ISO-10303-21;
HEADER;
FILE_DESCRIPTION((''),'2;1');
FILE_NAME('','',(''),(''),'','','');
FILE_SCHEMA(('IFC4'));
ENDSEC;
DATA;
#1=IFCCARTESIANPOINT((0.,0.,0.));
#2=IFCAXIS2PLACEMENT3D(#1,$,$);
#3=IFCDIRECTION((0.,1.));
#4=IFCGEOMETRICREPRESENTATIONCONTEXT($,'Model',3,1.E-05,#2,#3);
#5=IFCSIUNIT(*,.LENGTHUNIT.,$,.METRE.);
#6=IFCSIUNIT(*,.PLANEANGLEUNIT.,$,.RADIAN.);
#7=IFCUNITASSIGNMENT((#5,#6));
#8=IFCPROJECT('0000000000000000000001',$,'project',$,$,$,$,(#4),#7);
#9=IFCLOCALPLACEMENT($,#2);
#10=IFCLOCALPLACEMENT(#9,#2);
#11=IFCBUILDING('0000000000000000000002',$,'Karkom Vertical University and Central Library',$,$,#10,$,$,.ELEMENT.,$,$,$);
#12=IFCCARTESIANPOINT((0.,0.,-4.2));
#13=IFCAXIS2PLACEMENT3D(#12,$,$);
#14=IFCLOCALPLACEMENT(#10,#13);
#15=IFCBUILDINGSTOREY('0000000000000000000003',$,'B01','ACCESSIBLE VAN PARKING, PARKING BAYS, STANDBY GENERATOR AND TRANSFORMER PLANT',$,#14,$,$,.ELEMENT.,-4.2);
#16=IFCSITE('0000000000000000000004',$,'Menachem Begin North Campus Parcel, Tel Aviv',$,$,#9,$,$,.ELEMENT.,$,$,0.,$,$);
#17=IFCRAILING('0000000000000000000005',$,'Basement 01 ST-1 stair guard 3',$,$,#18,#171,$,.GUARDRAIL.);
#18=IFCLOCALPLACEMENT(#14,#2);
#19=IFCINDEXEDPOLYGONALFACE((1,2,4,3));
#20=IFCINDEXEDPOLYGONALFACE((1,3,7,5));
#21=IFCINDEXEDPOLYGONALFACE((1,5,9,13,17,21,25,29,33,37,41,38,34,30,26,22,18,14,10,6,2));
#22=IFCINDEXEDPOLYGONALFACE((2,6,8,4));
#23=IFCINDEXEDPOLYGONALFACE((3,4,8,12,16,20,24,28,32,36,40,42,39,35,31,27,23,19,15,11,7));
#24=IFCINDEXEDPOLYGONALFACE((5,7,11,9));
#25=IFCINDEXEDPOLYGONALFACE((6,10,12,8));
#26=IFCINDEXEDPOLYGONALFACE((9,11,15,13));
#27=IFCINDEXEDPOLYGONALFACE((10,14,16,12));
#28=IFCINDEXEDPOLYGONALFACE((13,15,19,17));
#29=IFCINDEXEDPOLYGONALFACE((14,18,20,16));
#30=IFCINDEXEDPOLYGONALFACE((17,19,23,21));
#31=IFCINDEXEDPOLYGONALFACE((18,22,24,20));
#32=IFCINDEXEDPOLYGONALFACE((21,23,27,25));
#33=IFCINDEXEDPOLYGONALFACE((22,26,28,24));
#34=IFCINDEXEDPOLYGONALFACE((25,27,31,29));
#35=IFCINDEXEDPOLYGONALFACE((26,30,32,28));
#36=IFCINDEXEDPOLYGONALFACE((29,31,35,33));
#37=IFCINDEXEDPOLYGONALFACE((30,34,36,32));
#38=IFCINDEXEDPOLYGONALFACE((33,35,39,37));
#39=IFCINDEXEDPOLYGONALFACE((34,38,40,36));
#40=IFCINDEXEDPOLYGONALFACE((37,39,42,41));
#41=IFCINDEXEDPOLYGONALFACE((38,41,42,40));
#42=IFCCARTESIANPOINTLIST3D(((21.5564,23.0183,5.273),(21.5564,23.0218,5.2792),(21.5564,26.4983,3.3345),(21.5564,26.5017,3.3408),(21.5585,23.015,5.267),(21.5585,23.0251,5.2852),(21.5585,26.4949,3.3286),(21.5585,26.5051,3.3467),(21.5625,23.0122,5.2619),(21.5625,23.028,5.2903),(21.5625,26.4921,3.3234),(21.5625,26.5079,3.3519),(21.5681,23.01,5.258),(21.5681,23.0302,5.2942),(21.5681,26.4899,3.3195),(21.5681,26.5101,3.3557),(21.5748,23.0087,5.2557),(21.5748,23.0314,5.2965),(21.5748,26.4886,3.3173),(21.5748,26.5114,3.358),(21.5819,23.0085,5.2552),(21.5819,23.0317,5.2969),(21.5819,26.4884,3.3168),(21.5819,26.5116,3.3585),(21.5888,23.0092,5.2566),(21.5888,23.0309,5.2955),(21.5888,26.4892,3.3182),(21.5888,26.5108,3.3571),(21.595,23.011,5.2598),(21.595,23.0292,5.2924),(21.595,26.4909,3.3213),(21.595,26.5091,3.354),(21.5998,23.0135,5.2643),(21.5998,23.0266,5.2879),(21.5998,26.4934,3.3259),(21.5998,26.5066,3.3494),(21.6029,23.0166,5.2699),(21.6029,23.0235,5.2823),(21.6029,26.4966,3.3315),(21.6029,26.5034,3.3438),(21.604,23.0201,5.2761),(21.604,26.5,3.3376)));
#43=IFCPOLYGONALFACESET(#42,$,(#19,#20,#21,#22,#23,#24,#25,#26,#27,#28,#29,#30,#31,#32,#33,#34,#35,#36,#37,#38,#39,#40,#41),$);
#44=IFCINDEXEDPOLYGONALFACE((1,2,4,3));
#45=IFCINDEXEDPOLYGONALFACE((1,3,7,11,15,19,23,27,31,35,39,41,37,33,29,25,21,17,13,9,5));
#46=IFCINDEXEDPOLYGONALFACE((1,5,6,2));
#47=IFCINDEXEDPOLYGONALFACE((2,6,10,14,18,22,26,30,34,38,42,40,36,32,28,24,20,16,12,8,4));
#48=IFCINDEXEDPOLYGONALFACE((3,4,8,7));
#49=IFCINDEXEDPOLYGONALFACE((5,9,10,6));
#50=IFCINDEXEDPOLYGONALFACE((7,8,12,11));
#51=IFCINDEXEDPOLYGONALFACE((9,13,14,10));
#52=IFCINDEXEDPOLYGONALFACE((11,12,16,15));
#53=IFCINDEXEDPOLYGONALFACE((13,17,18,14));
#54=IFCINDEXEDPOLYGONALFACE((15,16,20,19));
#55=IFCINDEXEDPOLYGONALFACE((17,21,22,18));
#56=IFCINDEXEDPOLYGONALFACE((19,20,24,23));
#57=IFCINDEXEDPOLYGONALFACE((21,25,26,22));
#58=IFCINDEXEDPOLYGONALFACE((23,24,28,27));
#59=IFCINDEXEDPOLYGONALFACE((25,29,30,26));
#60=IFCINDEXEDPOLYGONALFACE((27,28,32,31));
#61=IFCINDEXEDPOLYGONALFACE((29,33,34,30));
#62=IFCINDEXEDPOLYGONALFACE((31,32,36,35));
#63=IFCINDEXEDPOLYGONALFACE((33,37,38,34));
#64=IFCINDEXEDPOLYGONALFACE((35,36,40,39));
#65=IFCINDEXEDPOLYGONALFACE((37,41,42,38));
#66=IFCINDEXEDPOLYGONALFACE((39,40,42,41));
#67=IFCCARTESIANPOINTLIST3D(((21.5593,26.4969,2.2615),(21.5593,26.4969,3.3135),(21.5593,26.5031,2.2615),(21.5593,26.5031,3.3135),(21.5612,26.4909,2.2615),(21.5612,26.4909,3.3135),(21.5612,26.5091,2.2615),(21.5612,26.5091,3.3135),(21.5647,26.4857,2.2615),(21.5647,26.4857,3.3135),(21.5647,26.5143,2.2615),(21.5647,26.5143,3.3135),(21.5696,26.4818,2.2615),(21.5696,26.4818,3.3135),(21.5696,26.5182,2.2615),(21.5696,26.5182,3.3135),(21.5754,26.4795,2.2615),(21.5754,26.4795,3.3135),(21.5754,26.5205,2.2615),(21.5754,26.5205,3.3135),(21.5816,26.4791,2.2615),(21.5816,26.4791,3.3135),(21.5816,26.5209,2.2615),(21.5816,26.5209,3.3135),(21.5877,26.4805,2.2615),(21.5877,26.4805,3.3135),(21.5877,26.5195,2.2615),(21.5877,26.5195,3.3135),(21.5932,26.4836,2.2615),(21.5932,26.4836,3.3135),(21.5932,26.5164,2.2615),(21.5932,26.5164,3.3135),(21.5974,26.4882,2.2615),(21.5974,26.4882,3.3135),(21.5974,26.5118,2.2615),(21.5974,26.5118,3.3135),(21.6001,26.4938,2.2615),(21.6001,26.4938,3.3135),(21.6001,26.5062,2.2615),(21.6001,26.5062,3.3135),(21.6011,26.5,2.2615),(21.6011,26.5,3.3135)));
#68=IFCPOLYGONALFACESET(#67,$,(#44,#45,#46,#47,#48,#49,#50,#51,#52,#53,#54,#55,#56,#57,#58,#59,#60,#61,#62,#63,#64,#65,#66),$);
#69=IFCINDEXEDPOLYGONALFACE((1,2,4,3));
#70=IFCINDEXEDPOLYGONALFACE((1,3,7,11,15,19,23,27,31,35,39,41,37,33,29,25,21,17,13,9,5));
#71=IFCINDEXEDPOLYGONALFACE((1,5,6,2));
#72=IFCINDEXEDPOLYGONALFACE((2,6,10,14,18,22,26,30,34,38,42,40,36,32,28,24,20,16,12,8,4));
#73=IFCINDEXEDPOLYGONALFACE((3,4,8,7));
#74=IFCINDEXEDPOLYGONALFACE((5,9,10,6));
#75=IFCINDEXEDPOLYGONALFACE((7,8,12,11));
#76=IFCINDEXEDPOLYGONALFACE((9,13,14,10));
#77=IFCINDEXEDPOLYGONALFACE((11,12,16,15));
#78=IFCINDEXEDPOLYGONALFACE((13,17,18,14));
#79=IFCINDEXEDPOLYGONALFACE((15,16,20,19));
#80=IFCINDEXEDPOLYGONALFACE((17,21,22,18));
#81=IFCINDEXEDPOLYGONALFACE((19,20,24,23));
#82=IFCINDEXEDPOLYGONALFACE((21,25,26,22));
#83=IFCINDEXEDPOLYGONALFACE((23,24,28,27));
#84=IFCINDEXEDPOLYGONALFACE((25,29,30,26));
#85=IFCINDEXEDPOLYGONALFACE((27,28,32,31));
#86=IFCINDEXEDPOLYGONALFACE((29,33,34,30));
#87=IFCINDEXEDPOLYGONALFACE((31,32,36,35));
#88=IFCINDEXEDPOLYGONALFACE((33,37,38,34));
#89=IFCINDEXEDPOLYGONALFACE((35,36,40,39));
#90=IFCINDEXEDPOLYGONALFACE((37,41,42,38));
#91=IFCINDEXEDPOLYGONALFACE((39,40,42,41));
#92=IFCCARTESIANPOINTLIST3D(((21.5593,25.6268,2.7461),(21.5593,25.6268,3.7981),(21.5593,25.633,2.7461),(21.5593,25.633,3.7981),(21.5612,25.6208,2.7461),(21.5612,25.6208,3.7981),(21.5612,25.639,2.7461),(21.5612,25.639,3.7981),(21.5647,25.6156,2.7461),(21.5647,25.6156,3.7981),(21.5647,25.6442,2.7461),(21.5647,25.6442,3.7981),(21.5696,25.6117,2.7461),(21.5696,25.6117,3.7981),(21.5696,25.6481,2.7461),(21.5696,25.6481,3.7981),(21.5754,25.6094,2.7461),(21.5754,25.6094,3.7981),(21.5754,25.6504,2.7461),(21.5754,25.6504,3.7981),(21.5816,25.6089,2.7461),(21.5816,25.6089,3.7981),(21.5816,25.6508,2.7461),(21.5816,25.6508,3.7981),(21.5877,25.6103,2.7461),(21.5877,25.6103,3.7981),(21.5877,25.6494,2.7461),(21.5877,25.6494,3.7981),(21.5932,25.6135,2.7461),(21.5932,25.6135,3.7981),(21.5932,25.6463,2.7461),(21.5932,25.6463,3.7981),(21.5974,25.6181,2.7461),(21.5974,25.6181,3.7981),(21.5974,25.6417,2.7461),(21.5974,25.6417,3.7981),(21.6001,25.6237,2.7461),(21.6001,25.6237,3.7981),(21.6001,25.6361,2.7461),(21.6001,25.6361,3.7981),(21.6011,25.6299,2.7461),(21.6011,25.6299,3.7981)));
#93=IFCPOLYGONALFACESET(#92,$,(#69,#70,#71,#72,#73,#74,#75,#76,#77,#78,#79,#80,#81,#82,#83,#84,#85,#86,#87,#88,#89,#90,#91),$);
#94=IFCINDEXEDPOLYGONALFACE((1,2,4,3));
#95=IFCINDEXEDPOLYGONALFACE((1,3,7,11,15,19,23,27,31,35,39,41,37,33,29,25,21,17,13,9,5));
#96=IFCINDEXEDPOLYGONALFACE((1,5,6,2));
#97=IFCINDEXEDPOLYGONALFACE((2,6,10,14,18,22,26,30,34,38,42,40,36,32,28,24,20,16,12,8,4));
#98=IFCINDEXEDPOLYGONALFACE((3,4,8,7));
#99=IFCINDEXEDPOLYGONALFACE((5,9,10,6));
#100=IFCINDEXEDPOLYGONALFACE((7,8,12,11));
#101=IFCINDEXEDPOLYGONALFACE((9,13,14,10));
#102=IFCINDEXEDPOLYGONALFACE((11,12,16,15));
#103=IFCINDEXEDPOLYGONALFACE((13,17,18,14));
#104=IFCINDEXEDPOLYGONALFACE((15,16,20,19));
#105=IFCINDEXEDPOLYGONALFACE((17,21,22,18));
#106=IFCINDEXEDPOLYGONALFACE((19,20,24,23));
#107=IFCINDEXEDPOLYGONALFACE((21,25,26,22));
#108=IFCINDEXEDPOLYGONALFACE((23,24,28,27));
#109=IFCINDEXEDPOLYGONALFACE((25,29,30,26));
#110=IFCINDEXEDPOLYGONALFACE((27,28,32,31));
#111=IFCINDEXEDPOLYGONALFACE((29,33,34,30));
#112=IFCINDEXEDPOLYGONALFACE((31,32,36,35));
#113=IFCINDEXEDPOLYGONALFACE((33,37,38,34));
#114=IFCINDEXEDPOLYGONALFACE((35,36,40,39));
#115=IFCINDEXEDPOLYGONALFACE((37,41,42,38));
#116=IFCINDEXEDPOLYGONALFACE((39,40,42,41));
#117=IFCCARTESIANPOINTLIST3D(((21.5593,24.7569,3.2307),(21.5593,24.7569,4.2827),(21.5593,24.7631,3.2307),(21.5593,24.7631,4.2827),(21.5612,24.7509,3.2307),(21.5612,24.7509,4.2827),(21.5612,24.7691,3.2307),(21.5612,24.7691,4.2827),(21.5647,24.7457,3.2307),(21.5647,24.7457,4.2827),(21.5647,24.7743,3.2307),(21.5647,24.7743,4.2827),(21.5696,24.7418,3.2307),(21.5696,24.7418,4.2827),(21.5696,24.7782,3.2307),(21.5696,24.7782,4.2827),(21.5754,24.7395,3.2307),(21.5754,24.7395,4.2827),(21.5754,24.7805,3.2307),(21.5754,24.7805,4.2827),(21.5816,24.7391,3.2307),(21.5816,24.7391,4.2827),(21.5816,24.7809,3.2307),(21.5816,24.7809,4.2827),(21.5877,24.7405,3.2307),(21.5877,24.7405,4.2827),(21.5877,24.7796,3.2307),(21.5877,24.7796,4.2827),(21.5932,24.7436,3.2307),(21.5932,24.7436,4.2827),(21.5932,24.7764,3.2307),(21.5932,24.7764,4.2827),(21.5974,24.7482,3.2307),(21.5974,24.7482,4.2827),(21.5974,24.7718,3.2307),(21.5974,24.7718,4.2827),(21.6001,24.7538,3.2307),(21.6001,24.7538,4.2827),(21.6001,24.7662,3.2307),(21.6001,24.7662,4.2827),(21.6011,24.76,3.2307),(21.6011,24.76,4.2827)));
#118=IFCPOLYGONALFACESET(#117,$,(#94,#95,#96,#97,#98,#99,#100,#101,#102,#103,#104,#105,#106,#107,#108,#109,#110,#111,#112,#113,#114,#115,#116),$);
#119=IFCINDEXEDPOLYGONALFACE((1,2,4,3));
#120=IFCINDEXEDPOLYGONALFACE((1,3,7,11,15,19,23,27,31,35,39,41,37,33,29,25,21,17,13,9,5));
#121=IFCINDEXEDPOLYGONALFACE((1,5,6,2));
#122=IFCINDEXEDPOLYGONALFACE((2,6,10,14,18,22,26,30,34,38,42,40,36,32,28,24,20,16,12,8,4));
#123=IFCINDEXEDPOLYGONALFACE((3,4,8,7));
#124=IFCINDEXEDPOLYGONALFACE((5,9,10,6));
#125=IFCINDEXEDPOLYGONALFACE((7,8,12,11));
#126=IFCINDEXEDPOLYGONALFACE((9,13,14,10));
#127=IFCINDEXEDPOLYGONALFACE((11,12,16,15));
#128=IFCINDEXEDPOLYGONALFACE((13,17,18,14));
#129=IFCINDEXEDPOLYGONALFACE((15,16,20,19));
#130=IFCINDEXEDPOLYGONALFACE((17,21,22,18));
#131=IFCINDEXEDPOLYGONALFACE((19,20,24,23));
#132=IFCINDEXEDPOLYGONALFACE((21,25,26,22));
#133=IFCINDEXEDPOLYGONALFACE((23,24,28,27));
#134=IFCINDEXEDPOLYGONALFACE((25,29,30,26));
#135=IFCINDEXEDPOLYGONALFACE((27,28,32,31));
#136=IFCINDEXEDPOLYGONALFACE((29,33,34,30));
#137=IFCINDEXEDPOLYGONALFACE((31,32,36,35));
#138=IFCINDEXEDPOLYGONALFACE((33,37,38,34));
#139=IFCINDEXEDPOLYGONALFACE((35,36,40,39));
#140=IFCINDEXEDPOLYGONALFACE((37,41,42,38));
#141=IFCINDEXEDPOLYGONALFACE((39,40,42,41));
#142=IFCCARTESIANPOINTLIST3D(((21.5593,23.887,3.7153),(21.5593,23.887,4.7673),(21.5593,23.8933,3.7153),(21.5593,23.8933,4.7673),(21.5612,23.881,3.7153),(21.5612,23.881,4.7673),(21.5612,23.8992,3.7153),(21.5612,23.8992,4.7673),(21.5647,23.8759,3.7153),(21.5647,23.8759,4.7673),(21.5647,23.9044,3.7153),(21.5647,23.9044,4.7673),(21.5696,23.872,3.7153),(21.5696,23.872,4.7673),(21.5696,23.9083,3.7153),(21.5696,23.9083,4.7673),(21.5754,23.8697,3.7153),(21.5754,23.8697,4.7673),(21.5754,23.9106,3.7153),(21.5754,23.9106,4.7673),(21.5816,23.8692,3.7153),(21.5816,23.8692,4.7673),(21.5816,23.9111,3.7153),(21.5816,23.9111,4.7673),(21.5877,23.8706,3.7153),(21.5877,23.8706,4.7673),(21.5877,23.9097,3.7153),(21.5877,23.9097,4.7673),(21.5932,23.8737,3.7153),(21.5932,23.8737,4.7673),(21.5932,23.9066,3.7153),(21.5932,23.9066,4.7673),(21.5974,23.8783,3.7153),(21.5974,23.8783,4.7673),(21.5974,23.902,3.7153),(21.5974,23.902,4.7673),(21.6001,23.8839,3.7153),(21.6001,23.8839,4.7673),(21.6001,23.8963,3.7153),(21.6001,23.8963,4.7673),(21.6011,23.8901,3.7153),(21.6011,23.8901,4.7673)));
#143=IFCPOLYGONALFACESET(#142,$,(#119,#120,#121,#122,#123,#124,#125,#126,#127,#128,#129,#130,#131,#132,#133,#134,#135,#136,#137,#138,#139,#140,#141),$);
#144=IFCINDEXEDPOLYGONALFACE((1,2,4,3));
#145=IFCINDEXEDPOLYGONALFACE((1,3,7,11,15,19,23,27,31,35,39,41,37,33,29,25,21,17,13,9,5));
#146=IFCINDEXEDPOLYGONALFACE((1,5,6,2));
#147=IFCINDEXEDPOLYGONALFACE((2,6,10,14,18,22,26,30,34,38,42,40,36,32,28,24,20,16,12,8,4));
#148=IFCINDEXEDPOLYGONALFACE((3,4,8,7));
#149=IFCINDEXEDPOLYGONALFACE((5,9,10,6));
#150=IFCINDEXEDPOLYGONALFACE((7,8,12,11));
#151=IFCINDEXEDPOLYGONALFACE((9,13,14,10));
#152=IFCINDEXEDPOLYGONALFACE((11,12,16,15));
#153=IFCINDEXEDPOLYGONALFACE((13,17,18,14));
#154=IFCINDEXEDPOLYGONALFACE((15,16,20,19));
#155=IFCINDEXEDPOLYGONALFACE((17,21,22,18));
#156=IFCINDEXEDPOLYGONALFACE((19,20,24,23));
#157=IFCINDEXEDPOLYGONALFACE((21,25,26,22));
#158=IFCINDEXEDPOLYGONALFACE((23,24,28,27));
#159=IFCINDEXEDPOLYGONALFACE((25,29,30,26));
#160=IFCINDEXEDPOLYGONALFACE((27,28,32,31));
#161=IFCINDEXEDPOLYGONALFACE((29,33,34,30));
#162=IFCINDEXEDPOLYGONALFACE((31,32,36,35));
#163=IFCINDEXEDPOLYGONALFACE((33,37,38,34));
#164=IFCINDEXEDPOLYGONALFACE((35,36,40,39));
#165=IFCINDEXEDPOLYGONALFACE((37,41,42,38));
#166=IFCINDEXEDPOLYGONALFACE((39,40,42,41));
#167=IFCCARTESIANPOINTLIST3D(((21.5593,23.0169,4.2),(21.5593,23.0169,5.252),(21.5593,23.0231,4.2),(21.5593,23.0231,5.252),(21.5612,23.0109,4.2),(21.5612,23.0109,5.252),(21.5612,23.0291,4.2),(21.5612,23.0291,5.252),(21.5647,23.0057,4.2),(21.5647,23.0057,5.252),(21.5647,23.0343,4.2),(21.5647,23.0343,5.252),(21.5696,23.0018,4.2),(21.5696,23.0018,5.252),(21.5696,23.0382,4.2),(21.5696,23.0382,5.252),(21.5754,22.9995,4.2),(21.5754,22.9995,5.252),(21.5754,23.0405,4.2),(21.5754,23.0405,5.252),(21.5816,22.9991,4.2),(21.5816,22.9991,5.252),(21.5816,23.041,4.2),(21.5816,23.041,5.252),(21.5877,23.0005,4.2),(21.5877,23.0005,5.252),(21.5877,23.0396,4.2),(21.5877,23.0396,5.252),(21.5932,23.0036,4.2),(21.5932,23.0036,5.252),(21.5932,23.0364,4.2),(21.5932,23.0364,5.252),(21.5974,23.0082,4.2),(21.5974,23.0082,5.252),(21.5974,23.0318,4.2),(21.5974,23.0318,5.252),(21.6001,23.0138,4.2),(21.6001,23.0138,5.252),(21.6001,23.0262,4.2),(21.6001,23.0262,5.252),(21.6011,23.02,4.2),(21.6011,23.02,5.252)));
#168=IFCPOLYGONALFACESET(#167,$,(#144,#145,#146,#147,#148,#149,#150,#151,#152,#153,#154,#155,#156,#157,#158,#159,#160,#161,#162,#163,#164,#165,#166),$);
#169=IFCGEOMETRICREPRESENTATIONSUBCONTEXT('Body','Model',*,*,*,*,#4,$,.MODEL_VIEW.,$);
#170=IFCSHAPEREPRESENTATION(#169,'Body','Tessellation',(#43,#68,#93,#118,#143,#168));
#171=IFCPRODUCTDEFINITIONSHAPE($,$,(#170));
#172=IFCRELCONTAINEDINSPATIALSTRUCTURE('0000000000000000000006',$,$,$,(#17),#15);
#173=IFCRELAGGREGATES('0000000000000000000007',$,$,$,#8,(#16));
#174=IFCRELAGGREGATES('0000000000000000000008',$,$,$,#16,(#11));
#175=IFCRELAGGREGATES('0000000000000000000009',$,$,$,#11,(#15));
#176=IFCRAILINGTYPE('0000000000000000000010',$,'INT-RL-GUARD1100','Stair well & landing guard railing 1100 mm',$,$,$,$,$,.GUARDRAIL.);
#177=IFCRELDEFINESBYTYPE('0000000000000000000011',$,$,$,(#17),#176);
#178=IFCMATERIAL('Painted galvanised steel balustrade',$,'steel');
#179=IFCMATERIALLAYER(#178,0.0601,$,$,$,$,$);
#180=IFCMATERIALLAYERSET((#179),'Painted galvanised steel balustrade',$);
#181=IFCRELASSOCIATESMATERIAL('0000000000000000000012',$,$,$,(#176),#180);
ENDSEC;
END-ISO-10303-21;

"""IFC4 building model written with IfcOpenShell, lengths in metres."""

from ifc_helpers import new_model, si_unit, direction, frame, origin, origin_2d, place, context, subcontext, project, spatial, circle, extrude, material, layer, layer_set, type_object, element, save


model = new_model("IFC4")

# Units and contexts
model_context = context("Model", 3, precision=1e-05, world=origin(), true_north=direction((0.0, 1.0)))
body_context = subcontext(model_context, "Body", "Model", "MODEL_VIEW")
ifc_project = project(units=[si_unit("LENGTHUNIT", "METRE"), si_unit("PLANEANGLEUNIT", "RADIAN")], contexts=[model_context])

# Site, building, storey
site_placement = place(None, origin())
site = spatial("IfcSite", under=ifc_project, at=site_placement, Name="Menachem Begin North Campus Parcel, Tel Aviv", CompositionType="ELEMENT", RefElevation=0.0)
building_placement = place(site_placement, origin())
building = spatial("IfcBuilding", under=site, at=building_placement, Name="Karkom Vertical University and Central Library", CompositionType="ELEMENT")
storey_placement = place(building_placement, frame((0.0, 0.0, -4.2)))
storey = spatial("IfcBuildingStorey", under=building, at=storey_placement, Name="B01", Description="ACCESSIBLE VAN PARKING, PARKING BAYS, STANDBY GENERATOR AND TRANSFORMER PLANT", CompositionType="ELEMENT", Elevation=-4.2)

# Railing
ifc_material_1 = material(Name="Painted galvanised steel balustrade", Category="steel")
ifc_layer_1 = layer(ifc_material_1, 0.0601)
ifc_layer_set_1 = layer_set([ifc_layer_1], Name="Painted galvanised steel balustrade")
railing_type_1 = type_object("IfcRailingType", Name="INT-RL-GUARD1100", Description="Stair well & landing guard railing 1100 mm", PredefinedType="GUARDRAIL", material=ifc_layer_set_1)
railing_1_placement = place(storey_placement, frame((21.5801, 26.5, 2.2615)))
element("IfcRailing", 1, at=railing_1_placement, inside=storey, type_object=railing_type_1, Name="Basement 01 ST-1 stair guard 3", PredefinedType="GUARDRAIL", context=body_context, shape_type="SweptSolid", body=[
    extrude(circle(Radius=0.0239, at=origin_2d()), frame((0.0, 0.0, 1.0762), z_axis=(0.0, -0.873607, 0.486631), x_axis=(1.0, 0.0, 0.0)), (0.0, 0.0, 1.0), 3.9834),
    extrude(circle(Radius=0.021, at=origin_2d()), origin(), (0.0, 0.0, 1.0), 1.052),
    extrude(circle(Radius=0.021, at=origin_2d()), frame((0.0, -0.8701, 0.4846)), (0.0, 0.0, 1.0), 1.052),
    extrude(circle(Radius=0.021, at=origin_2d()), frame((0.0, -1.74, 0.9692)), (0.0, 0.0, 1.0), 1.052),
    extrude(circle(Radius=0.021, at=origin_2d()), frame((0.0, -2.6099, 1.4539)), (0.0, 0.0, 1.0), 1.052),
    extrude(circle(Radius=0.021, at=origin_2d()), frame((0.0, -3.48, 1.9385)), (0.0, 0.0, 1.0), 1.052),
])

save(model, "model.ifc")
